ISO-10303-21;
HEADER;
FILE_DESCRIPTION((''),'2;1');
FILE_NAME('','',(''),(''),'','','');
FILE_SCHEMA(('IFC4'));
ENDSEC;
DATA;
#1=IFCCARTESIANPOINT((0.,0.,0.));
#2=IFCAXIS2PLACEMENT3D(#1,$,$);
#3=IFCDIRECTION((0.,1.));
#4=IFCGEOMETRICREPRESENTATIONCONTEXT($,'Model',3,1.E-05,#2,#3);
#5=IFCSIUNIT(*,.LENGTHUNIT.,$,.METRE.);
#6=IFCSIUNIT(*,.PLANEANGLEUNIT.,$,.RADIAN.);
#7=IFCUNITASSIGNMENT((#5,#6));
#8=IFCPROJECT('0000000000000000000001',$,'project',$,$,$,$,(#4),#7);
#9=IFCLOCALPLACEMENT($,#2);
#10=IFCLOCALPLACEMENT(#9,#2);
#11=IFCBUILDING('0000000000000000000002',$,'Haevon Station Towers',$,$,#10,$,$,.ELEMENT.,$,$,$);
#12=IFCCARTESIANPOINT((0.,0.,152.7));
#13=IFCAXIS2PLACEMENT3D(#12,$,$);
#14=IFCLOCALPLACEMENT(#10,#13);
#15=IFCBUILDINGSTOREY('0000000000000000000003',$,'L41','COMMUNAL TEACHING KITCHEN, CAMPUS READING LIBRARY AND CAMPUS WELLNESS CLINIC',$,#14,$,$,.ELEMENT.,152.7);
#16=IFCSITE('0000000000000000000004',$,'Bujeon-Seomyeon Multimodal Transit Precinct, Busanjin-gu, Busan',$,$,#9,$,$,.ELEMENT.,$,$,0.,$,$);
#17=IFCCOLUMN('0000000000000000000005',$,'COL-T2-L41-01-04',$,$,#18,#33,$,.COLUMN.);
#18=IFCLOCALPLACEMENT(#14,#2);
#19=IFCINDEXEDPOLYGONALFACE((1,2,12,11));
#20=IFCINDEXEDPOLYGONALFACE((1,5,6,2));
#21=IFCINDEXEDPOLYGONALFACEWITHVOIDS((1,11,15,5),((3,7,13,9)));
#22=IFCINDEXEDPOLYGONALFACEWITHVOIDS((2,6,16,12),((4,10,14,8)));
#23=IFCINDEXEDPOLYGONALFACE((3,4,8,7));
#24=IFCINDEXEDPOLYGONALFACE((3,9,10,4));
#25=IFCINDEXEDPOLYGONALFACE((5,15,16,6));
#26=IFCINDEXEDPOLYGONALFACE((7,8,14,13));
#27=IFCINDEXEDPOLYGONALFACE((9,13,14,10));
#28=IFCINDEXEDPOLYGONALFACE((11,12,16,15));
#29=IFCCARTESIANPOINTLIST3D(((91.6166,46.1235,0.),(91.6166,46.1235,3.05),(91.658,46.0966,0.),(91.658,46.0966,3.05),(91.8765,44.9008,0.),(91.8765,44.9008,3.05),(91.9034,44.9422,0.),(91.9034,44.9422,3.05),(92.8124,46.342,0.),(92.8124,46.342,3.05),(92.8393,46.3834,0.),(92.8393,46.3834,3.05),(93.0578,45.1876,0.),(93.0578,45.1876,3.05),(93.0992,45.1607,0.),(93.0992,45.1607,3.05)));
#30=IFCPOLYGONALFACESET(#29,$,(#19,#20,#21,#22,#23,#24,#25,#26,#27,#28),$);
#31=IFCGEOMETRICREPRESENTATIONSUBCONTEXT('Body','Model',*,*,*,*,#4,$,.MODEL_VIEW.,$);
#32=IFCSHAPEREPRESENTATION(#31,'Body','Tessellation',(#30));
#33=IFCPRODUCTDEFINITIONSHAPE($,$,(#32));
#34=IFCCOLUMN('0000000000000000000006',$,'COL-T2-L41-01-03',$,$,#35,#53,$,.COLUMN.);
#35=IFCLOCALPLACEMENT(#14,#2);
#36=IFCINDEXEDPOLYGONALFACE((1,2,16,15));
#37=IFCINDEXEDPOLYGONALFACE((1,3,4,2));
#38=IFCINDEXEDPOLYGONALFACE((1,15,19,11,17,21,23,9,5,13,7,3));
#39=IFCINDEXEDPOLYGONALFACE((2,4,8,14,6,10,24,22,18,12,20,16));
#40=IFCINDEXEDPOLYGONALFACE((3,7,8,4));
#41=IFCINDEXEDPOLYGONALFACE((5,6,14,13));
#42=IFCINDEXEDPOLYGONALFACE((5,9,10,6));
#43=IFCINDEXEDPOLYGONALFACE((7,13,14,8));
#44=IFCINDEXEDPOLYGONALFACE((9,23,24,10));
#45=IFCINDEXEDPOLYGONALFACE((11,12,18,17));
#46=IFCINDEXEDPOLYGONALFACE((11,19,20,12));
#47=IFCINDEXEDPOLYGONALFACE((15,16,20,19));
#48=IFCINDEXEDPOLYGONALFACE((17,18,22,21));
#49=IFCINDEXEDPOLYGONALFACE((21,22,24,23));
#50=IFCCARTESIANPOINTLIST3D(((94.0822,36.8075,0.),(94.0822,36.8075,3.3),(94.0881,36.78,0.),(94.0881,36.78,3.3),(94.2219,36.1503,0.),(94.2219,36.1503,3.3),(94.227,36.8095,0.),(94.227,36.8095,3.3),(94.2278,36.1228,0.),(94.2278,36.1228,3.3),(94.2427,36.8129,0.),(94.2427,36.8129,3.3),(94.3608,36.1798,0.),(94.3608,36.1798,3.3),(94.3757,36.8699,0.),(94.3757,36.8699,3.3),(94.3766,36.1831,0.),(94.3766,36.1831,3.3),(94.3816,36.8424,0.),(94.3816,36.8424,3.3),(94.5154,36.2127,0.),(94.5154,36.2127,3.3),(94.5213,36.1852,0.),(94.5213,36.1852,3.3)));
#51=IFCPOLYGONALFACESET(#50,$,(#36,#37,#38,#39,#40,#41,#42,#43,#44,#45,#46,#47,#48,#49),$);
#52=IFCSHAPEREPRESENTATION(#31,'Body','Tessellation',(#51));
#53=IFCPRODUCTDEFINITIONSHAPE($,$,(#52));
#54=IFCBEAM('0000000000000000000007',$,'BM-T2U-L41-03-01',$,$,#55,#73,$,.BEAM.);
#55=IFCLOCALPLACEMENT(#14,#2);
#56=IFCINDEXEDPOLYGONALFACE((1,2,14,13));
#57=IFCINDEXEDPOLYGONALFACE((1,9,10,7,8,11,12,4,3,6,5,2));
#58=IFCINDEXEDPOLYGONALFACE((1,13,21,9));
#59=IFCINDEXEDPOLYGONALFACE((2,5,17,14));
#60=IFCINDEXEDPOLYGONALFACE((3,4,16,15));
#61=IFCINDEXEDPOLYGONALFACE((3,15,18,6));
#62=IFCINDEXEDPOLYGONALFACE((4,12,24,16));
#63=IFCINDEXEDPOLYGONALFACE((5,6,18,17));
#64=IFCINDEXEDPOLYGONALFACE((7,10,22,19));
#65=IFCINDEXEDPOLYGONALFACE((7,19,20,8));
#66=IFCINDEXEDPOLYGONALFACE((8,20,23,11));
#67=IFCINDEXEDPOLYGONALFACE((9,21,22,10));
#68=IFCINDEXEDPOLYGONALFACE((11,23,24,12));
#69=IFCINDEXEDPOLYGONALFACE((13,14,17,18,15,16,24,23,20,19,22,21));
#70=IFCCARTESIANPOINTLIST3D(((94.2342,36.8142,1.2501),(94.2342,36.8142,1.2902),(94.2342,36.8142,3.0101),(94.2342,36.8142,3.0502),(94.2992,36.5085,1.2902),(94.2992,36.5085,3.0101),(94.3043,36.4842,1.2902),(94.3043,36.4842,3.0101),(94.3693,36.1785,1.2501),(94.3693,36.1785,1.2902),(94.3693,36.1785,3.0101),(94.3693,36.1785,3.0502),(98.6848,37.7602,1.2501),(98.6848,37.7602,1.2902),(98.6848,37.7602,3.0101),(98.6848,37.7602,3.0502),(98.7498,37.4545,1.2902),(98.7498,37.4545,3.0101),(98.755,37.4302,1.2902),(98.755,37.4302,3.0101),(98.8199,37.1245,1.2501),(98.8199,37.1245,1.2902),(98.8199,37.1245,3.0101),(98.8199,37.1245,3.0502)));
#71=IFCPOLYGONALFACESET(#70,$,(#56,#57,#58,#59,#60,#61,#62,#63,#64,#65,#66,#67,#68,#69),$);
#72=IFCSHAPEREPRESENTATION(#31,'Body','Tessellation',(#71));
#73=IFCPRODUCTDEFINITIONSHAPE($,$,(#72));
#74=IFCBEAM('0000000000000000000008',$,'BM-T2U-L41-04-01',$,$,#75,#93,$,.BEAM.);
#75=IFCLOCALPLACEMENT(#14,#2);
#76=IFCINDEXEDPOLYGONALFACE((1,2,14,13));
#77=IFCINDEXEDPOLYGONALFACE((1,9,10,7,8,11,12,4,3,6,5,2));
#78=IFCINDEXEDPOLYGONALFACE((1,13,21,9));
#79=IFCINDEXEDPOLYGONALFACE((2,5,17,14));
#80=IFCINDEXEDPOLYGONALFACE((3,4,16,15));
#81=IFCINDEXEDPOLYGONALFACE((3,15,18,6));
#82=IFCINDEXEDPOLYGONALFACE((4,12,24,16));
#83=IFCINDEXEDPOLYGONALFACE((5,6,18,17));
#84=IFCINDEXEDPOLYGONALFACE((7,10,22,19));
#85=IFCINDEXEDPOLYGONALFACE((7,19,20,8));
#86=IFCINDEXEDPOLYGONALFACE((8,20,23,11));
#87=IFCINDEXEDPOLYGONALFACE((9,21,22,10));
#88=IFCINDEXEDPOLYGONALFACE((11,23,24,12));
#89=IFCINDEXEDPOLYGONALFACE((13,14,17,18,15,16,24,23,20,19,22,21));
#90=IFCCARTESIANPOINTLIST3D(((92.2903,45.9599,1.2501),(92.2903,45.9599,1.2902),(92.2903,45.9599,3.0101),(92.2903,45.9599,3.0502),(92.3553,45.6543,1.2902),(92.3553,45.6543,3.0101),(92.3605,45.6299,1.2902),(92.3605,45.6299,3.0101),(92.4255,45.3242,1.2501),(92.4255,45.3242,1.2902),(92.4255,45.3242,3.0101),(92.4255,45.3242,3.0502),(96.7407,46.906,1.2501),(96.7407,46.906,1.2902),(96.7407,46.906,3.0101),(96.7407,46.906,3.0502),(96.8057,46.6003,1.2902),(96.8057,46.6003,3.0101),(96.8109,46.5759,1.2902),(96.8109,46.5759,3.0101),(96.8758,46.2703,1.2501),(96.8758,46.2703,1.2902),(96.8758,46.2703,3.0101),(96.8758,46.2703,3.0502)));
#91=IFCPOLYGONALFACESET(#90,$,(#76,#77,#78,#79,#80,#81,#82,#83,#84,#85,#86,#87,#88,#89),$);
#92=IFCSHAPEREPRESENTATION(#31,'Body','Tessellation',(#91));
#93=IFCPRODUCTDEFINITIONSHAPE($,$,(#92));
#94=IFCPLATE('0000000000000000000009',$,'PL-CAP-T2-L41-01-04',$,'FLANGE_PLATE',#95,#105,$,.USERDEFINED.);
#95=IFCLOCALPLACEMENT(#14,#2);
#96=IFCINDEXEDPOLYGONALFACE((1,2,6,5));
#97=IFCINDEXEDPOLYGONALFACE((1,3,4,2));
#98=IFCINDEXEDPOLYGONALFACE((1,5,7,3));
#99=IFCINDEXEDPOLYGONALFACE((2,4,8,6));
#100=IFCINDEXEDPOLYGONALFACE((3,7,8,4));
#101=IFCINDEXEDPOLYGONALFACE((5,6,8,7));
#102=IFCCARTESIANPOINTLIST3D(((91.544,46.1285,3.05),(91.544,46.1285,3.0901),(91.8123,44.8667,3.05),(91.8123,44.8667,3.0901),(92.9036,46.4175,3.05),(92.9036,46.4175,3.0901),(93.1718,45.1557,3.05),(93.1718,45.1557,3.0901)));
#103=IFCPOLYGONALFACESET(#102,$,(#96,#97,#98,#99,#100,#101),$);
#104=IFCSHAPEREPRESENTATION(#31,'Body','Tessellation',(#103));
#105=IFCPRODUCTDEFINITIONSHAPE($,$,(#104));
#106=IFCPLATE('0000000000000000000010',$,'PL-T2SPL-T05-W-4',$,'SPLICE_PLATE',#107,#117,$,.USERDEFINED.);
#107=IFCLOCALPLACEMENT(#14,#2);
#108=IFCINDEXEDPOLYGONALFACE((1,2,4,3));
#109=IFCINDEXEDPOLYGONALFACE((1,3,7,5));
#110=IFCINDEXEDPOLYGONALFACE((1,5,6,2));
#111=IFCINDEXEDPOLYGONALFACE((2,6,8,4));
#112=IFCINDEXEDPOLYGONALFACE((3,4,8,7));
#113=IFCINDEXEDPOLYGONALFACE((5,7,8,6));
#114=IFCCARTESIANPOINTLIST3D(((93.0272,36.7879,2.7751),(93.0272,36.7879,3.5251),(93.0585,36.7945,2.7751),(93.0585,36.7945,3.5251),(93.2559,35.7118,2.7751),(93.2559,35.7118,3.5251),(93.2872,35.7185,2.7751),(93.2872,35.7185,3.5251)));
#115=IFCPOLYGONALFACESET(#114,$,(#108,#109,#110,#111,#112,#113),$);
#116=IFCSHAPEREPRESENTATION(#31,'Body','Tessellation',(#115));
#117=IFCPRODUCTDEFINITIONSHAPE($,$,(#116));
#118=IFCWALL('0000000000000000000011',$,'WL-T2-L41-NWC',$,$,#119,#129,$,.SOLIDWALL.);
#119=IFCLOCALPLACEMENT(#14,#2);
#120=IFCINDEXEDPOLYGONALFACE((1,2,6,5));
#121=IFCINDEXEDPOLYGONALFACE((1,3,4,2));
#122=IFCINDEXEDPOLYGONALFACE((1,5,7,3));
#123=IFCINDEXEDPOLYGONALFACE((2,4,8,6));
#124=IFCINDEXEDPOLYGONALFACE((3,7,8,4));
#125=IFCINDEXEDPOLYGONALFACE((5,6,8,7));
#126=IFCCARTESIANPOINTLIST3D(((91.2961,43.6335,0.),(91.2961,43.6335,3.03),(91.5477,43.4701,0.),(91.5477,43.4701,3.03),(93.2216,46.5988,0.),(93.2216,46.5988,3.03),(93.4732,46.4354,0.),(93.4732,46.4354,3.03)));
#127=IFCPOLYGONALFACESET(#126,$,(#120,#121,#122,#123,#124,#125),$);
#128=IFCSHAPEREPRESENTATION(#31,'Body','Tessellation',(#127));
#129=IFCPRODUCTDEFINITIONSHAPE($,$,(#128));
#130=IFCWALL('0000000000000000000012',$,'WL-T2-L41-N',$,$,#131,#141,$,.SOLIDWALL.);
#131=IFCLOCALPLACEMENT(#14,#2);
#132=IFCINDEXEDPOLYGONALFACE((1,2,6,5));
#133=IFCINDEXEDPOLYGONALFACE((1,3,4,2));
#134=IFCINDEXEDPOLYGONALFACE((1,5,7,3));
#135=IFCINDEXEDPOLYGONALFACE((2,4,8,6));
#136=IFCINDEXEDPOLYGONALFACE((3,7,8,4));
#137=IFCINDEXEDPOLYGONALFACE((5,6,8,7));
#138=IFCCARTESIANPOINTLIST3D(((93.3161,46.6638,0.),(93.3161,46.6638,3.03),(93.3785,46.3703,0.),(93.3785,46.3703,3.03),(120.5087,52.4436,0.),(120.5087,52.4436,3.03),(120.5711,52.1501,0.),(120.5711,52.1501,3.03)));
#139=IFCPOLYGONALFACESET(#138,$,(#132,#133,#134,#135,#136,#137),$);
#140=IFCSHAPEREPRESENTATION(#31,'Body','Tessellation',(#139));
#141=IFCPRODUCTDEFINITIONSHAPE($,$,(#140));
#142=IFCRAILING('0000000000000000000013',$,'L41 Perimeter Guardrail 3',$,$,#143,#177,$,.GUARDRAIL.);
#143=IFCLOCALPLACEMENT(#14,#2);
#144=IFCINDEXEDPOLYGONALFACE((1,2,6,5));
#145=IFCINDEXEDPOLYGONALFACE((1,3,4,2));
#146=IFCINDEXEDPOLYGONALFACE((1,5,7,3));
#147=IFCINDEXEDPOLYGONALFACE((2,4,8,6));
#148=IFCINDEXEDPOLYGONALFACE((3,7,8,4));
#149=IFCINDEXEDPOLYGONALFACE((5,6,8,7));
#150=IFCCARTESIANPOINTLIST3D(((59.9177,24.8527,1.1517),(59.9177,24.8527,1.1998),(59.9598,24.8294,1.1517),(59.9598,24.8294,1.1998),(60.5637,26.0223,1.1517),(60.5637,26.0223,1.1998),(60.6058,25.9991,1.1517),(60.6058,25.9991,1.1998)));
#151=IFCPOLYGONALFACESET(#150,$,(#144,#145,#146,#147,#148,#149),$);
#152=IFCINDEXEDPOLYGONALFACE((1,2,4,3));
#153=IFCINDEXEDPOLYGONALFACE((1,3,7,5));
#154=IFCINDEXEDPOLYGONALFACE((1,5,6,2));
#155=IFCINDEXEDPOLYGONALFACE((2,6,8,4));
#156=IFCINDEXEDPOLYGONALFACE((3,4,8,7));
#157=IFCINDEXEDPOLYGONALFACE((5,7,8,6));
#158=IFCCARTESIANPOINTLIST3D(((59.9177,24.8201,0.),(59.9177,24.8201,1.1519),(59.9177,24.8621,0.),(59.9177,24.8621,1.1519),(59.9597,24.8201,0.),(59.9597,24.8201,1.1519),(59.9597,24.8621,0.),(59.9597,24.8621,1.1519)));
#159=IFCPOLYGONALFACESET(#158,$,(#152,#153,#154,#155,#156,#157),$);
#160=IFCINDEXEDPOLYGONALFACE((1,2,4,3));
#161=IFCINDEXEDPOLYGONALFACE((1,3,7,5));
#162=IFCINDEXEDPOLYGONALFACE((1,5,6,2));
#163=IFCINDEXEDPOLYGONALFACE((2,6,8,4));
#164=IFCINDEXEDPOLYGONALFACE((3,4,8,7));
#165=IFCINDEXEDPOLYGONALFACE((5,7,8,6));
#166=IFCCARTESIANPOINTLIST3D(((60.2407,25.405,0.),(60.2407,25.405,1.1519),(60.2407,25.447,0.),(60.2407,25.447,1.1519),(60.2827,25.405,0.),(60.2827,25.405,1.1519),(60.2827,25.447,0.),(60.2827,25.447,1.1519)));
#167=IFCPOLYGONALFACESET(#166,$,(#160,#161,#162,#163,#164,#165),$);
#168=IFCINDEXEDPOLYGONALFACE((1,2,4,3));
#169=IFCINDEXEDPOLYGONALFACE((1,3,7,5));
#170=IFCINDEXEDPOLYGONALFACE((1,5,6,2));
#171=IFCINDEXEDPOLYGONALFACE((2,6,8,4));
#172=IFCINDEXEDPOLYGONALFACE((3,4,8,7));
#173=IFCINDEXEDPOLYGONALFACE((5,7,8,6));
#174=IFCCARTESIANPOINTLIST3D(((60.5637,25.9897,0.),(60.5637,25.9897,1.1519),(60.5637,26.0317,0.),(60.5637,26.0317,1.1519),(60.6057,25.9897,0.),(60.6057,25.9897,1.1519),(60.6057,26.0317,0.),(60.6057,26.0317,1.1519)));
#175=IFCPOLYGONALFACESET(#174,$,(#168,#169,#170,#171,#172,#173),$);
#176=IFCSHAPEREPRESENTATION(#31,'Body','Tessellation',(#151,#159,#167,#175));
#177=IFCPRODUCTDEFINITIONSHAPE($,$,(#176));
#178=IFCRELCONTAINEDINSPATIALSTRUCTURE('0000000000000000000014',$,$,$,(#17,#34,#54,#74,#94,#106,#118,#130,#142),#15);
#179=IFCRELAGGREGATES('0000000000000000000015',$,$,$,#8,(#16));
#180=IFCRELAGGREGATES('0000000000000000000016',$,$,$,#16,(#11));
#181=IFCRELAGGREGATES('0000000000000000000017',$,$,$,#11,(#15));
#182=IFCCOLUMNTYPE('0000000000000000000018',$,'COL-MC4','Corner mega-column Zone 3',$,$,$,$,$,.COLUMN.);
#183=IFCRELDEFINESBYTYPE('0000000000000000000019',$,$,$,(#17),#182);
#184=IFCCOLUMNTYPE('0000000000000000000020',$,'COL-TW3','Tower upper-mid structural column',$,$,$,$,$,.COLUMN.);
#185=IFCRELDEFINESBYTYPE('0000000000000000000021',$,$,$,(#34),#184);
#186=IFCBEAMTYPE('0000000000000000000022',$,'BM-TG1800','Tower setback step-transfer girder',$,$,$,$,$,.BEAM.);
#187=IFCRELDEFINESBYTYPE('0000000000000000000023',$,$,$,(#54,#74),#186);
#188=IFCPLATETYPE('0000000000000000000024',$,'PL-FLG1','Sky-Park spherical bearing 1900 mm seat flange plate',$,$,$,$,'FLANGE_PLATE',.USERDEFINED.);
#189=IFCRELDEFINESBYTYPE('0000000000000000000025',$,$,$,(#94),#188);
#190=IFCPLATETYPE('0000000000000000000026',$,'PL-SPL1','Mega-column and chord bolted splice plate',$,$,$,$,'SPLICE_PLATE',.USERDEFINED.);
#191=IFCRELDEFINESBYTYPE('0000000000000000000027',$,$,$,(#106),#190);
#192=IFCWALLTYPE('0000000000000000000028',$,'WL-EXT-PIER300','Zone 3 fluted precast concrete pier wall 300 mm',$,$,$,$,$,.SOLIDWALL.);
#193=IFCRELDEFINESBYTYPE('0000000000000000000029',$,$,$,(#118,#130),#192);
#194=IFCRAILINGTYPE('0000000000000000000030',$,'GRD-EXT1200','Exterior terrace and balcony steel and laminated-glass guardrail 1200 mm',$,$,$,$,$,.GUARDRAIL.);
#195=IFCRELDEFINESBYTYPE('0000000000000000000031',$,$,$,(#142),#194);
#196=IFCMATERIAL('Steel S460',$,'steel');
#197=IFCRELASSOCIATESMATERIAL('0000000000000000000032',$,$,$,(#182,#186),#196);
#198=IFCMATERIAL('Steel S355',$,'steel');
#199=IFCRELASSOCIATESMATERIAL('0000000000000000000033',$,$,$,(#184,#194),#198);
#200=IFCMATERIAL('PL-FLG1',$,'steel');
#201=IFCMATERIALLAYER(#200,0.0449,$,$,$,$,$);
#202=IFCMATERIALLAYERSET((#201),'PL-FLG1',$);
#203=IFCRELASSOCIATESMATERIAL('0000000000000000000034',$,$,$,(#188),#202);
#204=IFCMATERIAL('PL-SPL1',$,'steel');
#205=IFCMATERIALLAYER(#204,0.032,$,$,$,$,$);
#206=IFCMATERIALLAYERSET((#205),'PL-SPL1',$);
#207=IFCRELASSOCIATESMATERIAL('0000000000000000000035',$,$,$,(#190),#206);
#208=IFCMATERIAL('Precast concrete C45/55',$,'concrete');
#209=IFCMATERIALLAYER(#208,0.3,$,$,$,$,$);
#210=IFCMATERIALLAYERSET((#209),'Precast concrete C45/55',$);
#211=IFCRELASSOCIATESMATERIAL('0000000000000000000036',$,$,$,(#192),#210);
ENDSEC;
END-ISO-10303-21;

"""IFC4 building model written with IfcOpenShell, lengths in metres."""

from ifc_helpers import new_model, si_unit, direction, frame, frame_2d, origin, origin_2d, place, context, subcontext, project, spatial, rectangle, hollow_rectangle, i_section, extrude, material, layer, layer_set, material_profile, profile_set, type_object, element, save


model = new_model("IFC4")

# Units and contexts
model_context = context("Model", 3, precision=1e-05, world=origin(), true_north=direction((0.0, 1.0)))
body_context = subcontext(model_context, "Body", "Model", "MODEL_VIEW")
ifc_project = project(units=[si_unit("LENGTHUNIT", "METRE"), si_unit("PLANEANGLEUNIT", "RADIAN")], contexts=[model_context])

# Site, building, storey
site_placement = place(None, origin())
site = spatial("IfcSite", under=ifc_project, at=site_placement, Name="Bujeon-Seomyeon Multimodal Transit Precinct, Busanjin-gu, Busan", CompositionType="ELEMENT", RefElevation=0.0)
building_placement = place(site_placement, origin())
building = spatial("IfcBuilding", under=site, at=building_placement, Name="Haevon Station Towers", CompositionType="ELEMENT")
storey_placement = place(building_placement, frame((0.0, 0.0, 152.7)))
storey = spatial("IfcBuildingStorey", under=building, at=storey_placement, Name="L41", Description="COMMUNAL TEACHING KITCHEN, CAMPUS READING LIBRARY AND CAMPUS WELLNESS CLINIC", CompositionType="ELEMENT", Elevation=152.7)

# Columns
ifc_material_1 = material(Name="Steel S460", Category="steel")
ifc_material_profile_1 = material_profile(ifc_material_1, hollow_rectangle(XDim=1.25, YDim=1.25, WallThickness=0.0349, at=origin_2d()), Name="BOX-1250x1250x35")
ifc_profile_set_1 = profile_set([ifc_material_profile_1], Name="Steel S460")
column_type_1 = type_object("IfcColumnType", Name="COL-MC4", Description="Corner mega-column Zone 3", PredefinedType="COLUMN", material=ifc_profile_set_1)
column_1_placement = place(storey_placement, frame((92.3579, 45.6421, 0.0), z_axis=(0.0, 0.0, 1.0), x_axis=(0.978148, 0.207912, 0.0)))
element("IfcColumn", 1, at=column_1_placement, inside=storey, type_object=column_type_1, Name="COL-T2-L41-01-04", PredefinedType="COLUMN", context=body_context, shape_type="SweptSolid", body=[
    extrude(hollow_rectangle(XDim=1.25, YDim=1.25, WallThickness=0.0349, at=origin_2d()), origin(), (0.0, 0.0, 1.0), 3.05),
])
ifc_material_2 = material(Name="Steel S355", Category="steel")
ifc_material_profile_2 = material_profile(ifc_material_2, i_section(OverallWidth=0.3, OverallDepth=0.7, WebThickness=0.0161, FlangeThickness=0.0281, at=origin_2d()), Name="H-700x300x16x28")
ifc_profile_set_2 = profile_set([ifc_material_profile_2], Name="Steel S355")
column_type_2 = type_object("IfcColumnType", Name="COL-TW3", Description="Tower upper-mid structural column", PredefinedType="COLUMN", material=ifc_profile_set_2)
column_2_placement = place(storey_placement, frame((94.3018, 36.4963, 0.0), z_axis=(0.0, 0.0, 1.0), x_axis=(0.978148, 0.207912, 0.0)))
element("IfcColumn", 2, at=column_2_placement, inside=storey, type_object=column_type_2, Name="COL-T2-L41-01-03", PredefinedType="COLUMN", context=body_context, shape_type="SweptSolid", body=[
    extrude(i_section(OverallWidth=0.3, OverallDepth=0.7, WebThickness=0.0161, FlangeThickness=0.0281, at=origin_2d()), origin(), (0.0, 0.0, 1.0), 3.3),
])

# Beams
ifc_material_profile_3 = material_profile(ifc_material_1, i_section(OverallWidth=0.6499, OverallDepth=1.8, WebThickness=0.0249, FlangeThickness=0.04, at=origin_2d()), Name="H-1800x650x25x40")
ifc_profile_set_3 = profile_set([ifc_material_profile_3], Name="Steel S460")
beam_type = type_object("IfcBeamType", Name="BM-TG1800", Description="Tower setback step-transfer girder", PredefinedType="BEAM", material=ifc_profile_set_3)
beam_1_placement = place(storey_placement, frame((94.3018, 36.4963, 2.1501), z_axis=(0.978147, 0.207917, 0.0), x_axis=(-0.207917, 0.978147, 0.0)))
element("IfcBeam", 3, at=beam_1_placement, inside=storey, type_object=beam_type, Name="BM-T2U-L41-03-01", PredefinedType="BEAM", context=body_context, shape_type="SweptSolid", body=[
    extrude(i_section(OverallWidth=0.6499, OverallDepth=1.8, WebThickness=0.0249, FlangeThickness=0.04, at=origin_2d()), origin(), (0.0, 0.0, 1.0), 4.55),
])
beam_2_placement = place(storey_placement, frame((92.3579, 45.6421, 2.1501), z_axis=(0.978144, 0.207927, 0.0), x_axis=(-0.207927, 0.978144, 0.0)))
element("IfcBeam", 4, at=beam_2_placement, inside=storey, type_object=beam_type, Name="BM-T2U-L41-04-01", PredefinedType="BEAM", context=body_context, shape_type="SweptSolid", body=[
    extrude(i_section(OverallWidth=0.6499, OverallDepth=1.8, WebThickness=0.0249, FlangeThickness=0.04, at=origin_2d()), origin(), (0.0, 0.0, 1.0), 4.5498),
])

# Plates
ifc_material_3 = material(Name="PL-FLG1", Category="steel")
ifc_layer_1 = layer(ifc_material_3, 0.0449)
ifc_layer_set_1 = layer_set([ifc_layer_1], Name="PL-FLG1")
plate_type_1 = type_object("IfcPlateType", Name="PL-FLG1", Description="Sky-Park spherical bearing 1900 mm seat flange plate", ElementType="FLANGE_PLATE", PredefinedType="USERDEFINED", material=ifc_layer_set_1)
plate_1_placement = place(storey_placement, frame((92.3579, 45.6421, 3.05), z_axis=(0.0, 0.0, 1.0), x_axis=(0.978148, 0.207912, 0.0)))
element("IfcPlate", 5, at=plate_1_placement, inside=storey, type_object=plate_type_1, Name="PL-CAP-T2-L41-01-04", ObjectType="FLANGE_PLATE", PredefinedType="USERDEFINED", context=body_context, shape_type="SweptSolid", body=[
    extrude(rectangle(XDim=1.3899, YDim=1.29, at=origin_2d()), origin(), (0.0, 0.0, 1.0), 0.04),
])
ifc_material_4 = material(Name="PL-SPL1", Category="steel")
ifc_layer_2 = layer(ifc_material_4, 0.032)
ifc_layer_set_2 = layer_set([ifc_layer_2], Name="PL-SPL1")
plate_type_2 = type_object("IfcPlateType", Name="PL-SPL1", Description="Mega-column and chord bolted splice plate", ElementType="SPLICE_PLATE", PredefinedType="USERDEFINED", material=ifc_layer_set_2)
plate_2_placement = place(storey_placement, frame((93.1572, 36.2532, 2.7751), z_axis=(0.0, 0.0, 1.0), x_axis=(-0.207912, 0.978148, 0.0)))
element("IfcPlate", 6, at=plate_2_placement, inside=storey, type_object=plate_type_2, Name="PL-T2SPL-T05-W-4", ObjectType="SPLICE_PLATE", PredefinedType="USERDEFINED", context=body_context, shape_type="SweptSolid", body=[
    extrude(rectangle(XDim=1.1001, YDim=0.032, at=origin_2d()), origin(), (0.0, 0.0, 1.0), 0.75),
])

# Walls
ifc_material_5 = material(Name="Precast concrete C45/55", Category="concrete")
ifc_layer_3 = layer(ifc_material_5, 0.3)
ifc_layer_set_3 = layer_set([ifc_layer_3], Name="Precast concrete C45/55")
wall_type = type_object("IfcWallType", Name="WL-EXT-PIER300", Description="Zone 3 fluted precast concrete pier wall 300 mm", PredefinedType="SOLIDWALL", material=ifc_layer_set_3)
wall_1_placement = place(storey_placement, frame((91.4219, 43.5518, 0.0), z_axis=(0.0, 0.0, 1.0), x_axis=(0.544605, 0.838693, 0.0)))
element("IfcWall", 7, at=wall_1_placement, inside=storey, type_object=wall_type, Name="WL-T2-L41-NWC", PredefinedType="SOLIDWALL", context=body_context, shape_type="SweptSolid", body=[
    extrude(rectangle(XDim=3.5356, YDim=0.3, at=frame_2d((1.7678, 0.0))), origin(), (0.0, 0.0, 1.0), 3.03),
])
wall_2_placement = place(storey_placement, frame((93.3474, 46.5171, 0.0), z_axis=(0.0, 0.0, 1.0), x_axis=(0.978149, 0.207905, 0.0)))
element("IfcWall", 8, at=wall_2_placement, inside=storey, type_object=wall_type, Name="WL-T2-L41-N", PredefinedType="SOLIDWALL", context=body_context, shape_type="SweptSolid", body=[
    extrude(rectangle(XDim=27.8, YDim=0.3, at=frame_2d((13.8999, 0.0))), origin(), (0.0, 0.0, 1.0), 3.03),
])

# Railing
railing_type = type_object("IfcRailingType", Name="GRD-EXT1200", Description="Exterior terrace and balcony steel and laminated-glass guardrail 1200 mm", PredefinedType="GUARDRAIL", material=ifc_material_2)
railing_1_placement = place(storey_placement, frame((59.9387, 24.8411, 0.0)))
element("IfcRailing", 9, at=railing_1_placement, inside=storey, type_object=railing_type, Name="L41 Perimeter Guardrail 3", PredefinedType="GUARDRAIL", context=body_context, shape_type="SweptSolid", body=[
    extrude(rectangle(XDim=0.0481, YDim=0.0481, at=origin_2d()), frame((0.0, 0.0, 1.1758), z_axis=(0.483454, 0.87537, 0.0), x_axis=(-0.87537, 0.483454, 0.0)), (0.0, 0.0, 1.0), 1.3362),
    extrude(rectangle(XDim=0.042, YDim=0.042, at=origin_2d()), origin(), (0.0, 0.0, 1.0), 1.1519),
    extrude(rectangle(XDim=0.042, YDim=0.042, at=origin_2d()), frame((0.323, 0.585, 0.0)), (0.0, 0.0, 1.0), 1.1519),
    extrude(rectangle(XDim=0.042, YDim=0.042, at=origin_2d()), frame((0.646, 1.1697, 0.0)), (0.0, 0.0, 1.0), 1.1519),
])

save(model, "model.ifc")
